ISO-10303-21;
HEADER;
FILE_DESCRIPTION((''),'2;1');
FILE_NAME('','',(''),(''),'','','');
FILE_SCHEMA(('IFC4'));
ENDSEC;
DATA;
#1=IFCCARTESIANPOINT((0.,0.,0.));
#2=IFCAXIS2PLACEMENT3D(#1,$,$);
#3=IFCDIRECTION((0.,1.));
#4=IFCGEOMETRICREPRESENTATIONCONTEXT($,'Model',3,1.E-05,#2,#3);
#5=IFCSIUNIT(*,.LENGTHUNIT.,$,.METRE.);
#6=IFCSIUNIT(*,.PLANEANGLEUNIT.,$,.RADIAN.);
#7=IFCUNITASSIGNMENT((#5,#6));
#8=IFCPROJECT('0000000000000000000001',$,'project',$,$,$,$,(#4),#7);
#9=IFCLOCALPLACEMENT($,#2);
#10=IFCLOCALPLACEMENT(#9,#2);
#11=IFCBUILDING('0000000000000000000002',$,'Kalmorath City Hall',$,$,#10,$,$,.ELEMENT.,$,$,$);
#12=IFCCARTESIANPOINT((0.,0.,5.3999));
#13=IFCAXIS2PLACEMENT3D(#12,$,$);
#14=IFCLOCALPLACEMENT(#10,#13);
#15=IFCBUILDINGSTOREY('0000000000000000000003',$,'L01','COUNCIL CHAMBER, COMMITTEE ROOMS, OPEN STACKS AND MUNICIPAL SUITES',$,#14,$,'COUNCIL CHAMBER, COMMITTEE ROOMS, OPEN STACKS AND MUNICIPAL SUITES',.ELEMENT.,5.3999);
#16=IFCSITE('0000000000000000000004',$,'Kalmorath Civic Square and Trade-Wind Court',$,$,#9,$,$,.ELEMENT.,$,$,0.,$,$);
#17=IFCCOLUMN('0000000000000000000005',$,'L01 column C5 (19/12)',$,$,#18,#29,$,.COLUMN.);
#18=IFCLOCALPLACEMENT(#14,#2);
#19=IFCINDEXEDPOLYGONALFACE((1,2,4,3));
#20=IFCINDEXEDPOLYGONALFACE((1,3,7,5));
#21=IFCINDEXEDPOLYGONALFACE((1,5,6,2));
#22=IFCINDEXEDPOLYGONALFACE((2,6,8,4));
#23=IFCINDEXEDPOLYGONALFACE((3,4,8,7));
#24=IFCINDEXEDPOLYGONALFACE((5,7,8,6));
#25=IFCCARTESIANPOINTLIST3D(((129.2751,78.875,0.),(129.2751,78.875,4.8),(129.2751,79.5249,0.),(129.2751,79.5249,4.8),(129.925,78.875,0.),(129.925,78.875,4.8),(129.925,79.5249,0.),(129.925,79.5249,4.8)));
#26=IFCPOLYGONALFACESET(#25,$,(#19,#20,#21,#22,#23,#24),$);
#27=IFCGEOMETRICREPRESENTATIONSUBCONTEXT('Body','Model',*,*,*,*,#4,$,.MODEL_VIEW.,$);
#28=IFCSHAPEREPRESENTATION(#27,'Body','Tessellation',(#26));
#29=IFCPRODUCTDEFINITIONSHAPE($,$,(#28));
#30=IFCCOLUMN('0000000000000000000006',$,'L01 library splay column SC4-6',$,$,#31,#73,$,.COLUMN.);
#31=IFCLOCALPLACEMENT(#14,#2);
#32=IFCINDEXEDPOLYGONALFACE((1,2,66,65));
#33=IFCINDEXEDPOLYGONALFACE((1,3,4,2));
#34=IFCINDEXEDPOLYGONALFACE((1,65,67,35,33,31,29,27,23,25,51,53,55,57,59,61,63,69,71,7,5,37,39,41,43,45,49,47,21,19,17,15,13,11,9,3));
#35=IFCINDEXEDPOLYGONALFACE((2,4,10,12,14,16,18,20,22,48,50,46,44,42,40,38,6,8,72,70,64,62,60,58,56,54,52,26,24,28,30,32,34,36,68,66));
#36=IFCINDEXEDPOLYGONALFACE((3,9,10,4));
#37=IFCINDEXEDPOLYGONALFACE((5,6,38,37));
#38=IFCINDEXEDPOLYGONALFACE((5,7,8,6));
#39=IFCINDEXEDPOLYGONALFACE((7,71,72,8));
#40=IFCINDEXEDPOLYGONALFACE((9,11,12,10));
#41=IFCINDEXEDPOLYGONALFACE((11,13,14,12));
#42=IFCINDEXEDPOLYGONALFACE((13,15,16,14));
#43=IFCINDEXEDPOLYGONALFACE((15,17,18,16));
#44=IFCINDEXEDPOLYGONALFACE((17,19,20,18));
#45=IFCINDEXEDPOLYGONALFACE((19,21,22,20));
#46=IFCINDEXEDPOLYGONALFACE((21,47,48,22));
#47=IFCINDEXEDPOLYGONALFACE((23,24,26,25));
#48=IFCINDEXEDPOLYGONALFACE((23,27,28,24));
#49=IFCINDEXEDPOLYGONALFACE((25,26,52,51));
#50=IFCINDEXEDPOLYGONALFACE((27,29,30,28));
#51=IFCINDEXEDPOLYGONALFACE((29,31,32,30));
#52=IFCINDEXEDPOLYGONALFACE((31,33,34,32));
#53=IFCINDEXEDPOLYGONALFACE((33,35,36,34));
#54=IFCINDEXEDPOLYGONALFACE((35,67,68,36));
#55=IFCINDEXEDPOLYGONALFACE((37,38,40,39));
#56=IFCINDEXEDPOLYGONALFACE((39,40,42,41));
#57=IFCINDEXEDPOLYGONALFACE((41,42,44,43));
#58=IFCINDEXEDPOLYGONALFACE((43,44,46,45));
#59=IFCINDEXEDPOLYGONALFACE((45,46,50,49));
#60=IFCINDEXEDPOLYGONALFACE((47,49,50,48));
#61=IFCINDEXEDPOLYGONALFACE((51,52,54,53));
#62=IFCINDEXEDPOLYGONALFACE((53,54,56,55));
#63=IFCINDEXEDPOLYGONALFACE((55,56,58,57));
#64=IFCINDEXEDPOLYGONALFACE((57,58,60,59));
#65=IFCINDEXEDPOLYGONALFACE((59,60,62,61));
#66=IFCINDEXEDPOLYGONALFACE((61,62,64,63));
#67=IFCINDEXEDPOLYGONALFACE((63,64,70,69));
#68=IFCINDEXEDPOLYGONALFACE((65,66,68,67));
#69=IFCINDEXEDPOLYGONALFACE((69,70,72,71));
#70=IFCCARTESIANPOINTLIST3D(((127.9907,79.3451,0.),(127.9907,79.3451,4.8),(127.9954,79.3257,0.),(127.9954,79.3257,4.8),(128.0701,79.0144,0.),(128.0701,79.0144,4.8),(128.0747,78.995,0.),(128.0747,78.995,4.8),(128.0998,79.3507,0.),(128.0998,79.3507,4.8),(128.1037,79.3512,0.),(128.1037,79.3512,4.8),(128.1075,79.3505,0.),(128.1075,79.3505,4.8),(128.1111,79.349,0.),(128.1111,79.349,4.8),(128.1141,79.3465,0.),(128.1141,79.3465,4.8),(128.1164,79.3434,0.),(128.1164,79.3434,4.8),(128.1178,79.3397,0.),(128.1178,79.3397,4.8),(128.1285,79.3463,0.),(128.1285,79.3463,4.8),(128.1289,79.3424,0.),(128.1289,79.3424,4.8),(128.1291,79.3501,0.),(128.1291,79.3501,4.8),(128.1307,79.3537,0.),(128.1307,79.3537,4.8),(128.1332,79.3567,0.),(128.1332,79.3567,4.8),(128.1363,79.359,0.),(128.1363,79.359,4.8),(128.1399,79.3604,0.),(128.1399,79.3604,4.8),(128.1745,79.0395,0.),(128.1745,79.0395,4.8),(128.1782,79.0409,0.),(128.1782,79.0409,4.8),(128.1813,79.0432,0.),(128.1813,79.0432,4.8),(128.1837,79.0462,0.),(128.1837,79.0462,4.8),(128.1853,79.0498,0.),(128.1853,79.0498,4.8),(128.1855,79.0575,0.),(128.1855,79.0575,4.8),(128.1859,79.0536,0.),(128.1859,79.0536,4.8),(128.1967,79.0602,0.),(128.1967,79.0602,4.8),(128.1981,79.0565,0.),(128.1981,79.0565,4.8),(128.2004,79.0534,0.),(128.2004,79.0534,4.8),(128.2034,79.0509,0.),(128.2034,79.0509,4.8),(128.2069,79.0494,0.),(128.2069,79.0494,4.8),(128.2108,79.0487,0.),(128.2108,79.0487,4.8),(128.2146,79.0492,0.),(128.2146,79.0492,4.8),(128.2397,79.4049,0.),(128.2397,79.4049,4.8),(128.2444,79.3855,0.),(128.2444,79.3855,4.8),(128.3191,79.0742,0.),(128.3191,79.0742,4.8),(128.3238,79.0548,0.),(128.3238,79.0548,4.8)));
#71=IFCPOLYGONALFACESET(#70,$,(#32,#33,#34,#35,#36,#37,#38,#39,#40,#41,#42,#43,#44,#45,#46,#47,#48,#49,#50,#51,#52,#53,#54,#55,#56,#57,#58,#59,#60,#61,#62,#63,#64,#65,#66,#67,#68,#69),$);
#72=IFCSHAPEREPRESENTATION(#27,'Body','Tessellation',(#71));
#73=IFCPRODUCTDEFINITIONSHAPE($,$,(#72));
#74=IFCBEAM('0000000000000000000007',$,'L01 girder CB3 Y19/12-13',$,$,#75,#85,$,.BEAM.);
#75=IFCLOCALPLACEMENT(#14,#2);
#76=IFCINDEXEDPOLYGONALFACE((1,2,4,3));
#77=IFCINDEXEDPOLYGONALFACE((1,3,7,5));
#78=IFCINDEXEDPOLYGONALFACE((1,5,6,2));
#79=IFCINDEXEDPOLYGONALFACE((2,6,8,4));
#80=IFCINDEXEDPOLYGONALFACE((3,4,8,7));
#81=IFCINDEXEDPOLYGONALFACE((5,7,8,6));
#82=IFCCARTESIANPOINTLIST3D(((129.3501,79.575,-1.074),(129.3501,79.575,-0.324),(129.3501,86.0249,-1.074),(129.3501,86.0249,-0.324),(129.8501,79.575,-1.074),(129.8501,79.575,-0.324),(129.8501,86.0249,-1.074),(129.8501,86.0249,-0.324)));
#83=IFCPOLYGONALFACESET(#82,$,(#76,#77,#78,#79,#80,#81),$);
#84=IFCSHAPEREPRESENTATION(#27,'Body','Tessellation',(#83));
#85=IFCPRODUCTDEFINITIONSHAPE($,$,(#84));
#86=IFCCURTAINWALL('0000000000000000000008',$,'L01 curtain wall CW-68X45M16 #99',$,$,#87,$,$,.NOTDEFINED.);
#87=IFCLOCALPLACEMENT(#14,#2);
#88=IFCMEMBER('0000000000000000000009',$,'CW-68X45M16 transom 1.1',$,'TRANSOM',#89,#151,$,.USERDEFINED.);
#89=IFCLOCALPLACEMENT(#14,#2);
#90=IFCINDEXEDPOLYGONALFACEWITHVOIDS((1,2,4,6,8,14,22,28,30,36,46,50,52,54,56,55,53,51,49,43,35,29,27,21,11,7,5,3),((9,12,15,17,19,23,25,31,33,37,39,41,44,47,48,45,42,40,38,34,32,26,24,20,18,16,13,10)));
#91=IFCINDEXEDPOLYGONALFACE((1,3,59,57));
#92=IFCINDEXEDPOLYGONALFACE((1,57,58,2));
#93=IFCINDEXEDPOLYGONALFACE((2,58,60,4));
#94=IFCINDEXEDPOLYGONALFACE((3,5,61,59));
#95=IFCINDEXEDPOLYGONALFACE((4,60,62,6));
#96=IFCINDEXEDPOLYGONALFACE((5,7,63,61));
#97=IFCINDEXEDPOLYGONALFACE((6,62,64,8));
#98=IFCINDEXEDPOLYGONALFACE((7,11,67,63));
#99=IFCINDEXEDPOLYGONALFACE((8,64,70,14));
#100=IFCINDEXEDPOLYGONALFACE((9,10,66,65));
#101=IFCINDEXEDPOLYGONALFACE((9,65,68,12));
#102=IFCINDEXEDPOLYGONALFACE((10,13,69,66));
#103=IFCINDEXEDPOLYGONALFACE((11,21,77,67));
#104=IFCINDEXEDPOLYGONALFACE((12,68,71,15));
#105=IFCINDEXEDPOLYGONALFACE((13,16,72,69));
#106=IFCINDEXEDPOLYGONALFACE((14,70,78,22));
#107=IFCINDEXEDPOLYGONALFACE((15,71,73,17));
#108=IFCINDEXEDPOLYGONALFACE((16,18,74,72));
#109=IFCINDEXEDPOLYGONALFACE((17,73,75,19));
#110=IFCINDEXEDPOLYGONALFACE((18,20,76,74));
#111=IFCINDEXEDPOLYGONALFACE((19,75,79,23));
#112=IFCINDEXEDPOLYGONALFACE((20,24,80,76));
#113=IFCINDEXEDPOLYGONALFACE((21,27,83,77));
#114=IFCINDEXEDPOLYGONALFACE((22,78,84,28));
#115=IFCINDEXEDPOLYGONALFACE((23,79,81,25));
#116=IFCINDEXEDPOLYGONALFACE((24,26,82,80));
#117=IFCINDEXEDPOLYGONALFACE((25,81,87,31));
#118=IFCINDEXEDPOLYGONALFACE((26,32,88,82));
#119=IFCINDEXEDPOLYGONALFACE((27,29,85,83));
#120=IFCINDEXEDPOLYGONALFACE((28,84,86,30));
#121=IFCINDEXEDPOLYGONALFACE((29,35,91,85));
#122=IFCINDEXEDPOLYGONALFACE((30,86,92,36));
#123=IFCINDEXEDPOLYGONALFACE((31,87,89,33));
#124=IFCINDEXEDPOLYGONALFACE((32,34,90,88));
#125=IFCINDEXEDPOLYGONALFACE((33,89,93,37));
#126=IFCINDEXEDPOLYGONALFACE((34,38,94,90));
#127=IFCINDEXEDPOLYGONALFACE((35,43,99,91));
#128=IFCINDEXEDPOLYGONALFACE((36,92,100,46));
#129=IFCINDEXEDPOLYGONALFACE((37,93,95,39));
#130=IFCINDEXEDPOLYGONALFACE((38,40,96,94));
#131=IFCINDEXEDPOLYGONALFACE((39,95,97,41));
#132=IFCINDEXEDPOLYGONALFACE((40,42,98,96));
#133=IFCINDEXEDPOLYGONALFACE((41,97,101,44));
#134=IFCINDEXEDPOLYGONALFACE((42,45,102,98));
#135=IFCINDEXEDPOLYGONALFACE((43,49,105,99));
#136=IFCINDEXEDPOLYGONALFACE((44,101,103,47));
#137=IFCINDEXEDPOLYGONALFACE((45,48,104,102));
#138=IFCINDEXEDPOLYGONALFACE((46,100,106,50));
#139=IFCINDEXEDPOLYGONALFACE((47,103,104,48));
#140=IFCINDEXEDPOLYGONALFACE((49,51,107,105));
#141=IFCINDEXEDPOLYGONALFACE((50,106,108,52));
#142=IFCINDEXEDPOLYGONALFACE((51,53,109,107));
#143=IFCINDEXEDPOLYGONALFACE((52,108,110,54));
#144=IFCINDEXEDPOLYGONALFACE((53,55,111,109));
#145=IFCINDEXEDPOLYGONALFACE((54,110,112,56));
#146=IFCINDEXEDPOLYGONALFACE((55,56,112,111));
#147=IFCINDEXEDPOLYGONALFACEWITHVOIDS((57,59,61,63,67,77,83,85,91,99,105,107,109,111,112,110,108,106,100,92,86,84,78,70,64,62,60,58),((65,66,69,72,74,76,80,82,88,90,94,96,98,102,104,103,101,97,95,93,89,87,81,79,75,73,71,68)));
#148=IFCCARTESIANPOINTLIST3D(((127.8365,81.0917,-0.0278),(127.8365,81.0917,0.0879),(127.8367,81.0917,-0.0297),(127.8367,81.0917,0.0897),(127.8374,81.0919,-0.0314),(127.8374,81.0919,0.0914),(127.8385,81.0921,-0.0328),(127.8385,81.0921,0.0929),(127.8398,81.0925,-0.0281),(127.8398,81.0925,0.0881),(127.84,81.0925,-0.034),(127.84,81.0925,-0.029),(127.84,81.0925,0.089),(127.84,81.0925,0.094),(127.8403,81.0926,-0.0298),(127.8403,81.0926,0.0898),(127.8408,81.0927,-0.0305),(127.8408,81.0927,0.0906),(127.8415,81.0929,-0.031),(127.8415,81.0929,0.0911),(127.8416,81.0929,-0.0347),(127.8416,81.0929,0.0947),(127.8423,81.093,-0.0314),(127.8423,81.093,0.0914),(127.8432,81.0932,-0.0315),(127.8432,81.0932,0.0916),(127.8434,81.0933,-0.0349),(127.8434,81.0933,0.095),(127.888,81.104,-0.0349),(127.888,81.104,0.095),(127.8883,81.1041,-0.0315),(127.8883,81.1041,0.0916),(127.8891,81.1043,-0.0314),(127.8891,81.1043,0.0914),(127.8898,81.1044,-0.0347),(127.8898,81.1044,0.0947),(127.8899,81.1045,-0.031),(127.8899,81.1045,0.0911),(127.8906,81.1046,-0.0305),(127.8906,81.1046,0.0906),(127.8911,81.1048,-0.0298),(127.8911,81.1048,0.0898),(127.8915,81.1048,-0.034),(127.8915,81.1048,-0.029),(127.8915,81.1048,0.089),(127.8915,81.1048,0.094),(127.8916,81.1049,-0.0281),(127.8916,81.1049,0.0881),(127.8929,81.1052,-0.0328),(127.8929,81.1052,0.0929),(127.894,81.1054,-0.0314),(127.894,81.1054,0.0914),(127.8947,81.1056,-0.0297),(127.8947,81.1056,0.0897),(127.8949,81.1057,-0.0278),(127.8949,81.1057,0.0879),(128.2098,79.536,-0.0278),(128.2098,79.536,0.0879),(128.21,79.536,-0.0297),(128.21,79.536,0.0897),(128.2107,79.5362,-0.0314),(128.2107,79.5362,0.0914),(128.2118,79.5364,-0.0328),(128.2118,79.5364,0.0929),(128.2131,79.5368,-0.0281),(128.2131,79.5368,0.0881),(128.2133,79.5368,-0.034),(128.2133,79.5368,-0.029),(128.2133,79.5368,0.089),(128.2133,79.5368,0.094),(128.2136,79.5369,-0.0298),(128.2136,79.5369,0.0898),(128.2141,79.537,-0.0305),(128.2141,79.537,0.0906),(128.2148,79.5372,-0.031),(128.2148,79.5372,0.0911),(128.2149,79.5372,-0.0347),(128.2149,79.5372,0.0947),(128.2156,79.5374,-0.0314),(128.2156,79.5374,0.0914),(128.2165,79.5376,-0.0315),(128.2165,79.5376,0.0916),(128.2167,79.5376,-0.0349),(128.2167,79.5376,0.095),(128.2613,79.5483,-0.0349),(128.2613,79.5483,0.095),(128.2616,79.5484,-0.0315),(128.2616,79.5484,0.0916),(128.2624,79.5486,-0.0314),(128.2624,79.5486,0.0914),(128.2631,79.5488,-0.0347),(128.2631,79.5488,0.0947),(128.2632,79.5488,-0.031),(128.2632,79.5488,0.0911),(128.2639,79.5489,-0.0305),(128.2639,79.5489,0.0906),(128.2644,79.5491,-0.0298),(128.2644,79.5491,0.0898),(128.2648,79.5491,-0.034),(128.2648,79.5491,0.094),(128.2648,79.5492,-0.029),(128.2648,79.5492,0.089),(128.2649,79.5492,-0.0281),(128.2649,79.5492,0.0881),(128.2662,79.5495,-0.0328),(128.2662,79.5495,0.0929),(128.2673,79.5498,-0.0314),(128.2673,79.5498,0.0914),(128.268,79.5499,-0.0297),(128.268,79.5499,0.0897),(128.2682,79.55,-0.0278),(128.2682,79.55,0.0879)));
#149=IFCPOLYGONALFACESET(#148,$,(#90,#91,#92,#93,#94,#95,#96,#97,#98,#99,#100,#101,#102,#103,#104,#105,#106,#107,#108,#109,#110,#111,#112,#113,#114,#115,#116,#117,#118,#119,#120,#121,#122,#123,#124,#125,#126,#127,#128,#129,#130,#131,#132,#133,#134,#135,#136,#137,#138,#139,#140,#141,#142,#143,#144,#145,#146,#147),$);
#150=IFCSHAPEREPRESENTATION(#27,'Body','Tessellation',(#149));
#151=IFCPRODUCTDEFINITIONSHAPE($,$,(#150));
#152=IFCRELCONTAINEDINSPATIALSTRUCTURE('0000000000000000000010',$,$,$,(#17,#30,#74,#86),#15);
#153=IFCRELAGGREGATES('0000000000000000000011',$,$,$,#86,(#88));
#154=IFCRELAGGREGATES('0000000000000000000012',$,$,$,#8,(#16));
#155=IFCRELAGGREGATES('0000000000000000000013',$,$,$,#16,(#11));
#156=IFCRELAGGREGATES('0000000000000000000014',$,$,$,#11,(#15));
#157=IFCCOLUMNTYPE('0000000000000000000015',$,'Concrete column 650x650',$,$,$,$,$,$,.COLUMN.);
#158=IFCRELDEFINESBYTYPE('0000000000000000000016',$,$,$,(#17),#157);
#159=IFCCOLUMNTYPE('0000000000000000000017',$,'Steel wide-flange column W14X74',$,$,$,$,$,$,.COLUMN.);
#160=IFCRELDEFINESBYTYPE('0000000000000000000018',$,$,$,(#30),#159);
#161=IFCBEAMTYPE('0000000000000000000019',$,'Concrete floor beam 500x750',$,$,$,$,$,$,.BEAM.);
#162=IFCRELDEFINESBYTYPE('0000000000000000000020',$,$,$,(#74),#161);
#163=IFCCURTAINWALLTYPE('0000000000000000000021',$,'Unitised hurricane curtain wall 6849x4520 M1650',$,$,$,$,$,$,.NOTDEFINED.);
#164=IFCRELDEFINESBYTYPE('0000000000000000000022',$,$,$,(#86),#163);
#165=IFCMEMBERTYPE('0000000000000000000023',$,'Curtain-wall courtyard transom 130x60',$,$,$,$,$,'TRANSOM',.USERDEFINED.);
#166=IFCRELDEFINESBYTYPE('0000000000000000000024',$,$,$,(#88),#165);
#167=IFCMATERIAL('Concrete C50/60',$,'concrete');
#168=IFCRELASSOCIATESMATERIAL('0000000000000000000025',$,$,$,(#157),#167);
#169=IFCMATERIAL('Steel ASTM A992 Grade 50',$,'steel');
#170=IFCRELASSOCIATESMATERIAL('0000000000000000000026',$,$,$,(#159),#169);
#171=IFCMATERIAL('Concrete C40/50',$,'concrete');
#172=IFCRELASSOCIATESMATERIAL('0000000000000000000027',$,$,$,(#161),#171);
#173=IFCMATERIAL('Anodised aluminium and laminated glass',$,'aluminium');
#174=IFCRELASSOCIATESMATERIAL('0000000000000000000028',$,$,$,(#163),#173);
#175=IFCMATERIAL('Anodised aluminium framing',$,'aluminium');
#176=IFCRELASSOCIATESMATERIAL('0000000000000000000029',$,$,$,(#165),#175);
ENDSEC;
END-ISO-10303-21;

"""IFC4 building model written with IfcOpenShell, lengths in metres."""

from ifc_helpers import new_model, si_unit, direction, frame, origin, origin_2d, place, context, subcontext, project, spatial, rectangle, hollow_rectangle, i_section, extrude, material, material_profile, profile_set, type_object, element, aggregate, save


model = new_model("IFC4")

# Units and contexts
model_context = context("Model", 3, precision=1e-05, world=origin(), true_north=direction((0.0, 1.0)))
body_context = subcontext(model_context, "Body", "Model", "MODEL_VIEW")
ifc_project = project(units=[si_unit("LENGTHUNIT", "METRE"), si_unit("PLANEANGLEUNIT", "RADIAN")], contexts=[model_context])

# Site, building, storey
site_placement = place(None, origin())
site = spatial("IfcSite", under=ifc_project, at=site_placement, Name="Kalmorath Civic Square and Trade-Wind Court", CompositionType="ELEMENT", RefElevation=0.0)
building_placement = place(site_placement, origin())
building = spatial("IfcBuilding", under=site, at=building_placement, Name="Kalmorath City Hall", CompositionType="ELEMENT")
storey_placement = place(building_placement, frame((0.0, 0.0, 5.3999)))
storey = spatial("IfcBuildingStorey", under=building, at=storey_placement, Name="L01", Description="COUNCIL CHAMBER, COMMITTEE ROOMS, OPEN STACKS AND MUNICIPAL SUITES", LongName="COUNCIL CHAMBER, COMMITTEE ROOMS, OPEN STACKS AND MUNICIPAL SUITES", CompositionType="ELEMENT", Elevation=5.3999)

# Columns
ifc_material_1 = material(Name="Concrete C50/60", Category="concrete")
ifc_material_profile_1 = material_profile(ifc_material_1, rectangle(XDim=0.6499, YDim=0.6499, at=origin_2d()), Name="RC-COL-650X650")
ifc_profile_set_1 = profile_set([ifc_material_profile_1], Name="Concrete C50/60")
column_type_1 = type_object("IfcColumnType", Name="Concrete column 650x650", PredefinedType="COLUMN", material=ifc_profile_set_1)
column_1_placement = place(storey_placement, frame((129.6001, 79.2, 0.0), z_axis=(0.0, 0.0, 1.0), x_axis=(1.0, 0.0, 0.0)))
element("IfcColumn", 1, at=column_1_placement, inside=storey, type_object=column_type_1, Name="L01 column C5 (19/12)", PredefinedType="COLUMN", context=body_context, shape_type="SweptSolid", body=[
    extrude(rectangle(XDim=0.6499, YDim=0.6499, at=origin_2d()), origin(), (0.0, 0.0, 1.0), 4.8),
])
ifc_material_2 = material(Name="Steel ASTM A992 Grade 50", Category="steel")
ifc_material_profile_2 = material_profile(ifc_material_2, i_section(OverallWidth=0.2561, OverallDepth=0.3601, WebThickness=0.0115, FlangeThickness=0.02, FilletRadius=0.0149, at=origin_2d()), Name="W14X74")
ifc_profile_set_2 = profile_set([ifc_material_profile_2], Name="Steel ASTM A992 Grade 50")
column_type_2 = type_object("IfcColumnType", Name="Steel wide-flange column W14X74", PredefinedType="COLUMN", material=ifc_profile_set_2)
column_2_placement = place(storey_placement, frame((128.1572, 79.2, 0.0), z_axis=(0.0, 0.0, 1.0), x_axis=(0.97237, 0.233445, 0.0)))
element("IfcColumn", 2, at=column_2_placement, inside=storey, type_object=column_type_2, Name="L01 library splay column SC4-6", PredefinedType="COLUMN", context=body_context, shape_type="SweptSolid", body=[
    extrude(i_section(OverallWidth=0.2561, OverallDepth=0.3601, WebThickness=0.0115, FlangeThickness=0.02, FilletRadius=0.0149, at=origin_2d()), origin(), (0.0, 0.0, 1.0), 4.8),
])

# Beam
ifc_material_3 = material(Name="Concrete C40/50", Category="concrete")
ifc_material_profile_3 = material_profile(ifc_material_3, rectangle(XDim=0.5, YDim=0.75, at=origin_2d()), Name="RC-BM-500X750")
ifc_profile_set_3 = profile_set([ifc_material_profile_3], Name="Concrete C40/50")
beam_type_1 = type_object("IfcBeamType", Name="Concrete floor beam 500x750", PredefinedType="BEAM", material=ifc_profile_set_3)
beam_1_placement = place(storey_placement, frame((129.6001, 79.575, -0.699), z_axis=(0.0, 1.0, 0.0), x_axis=(-1.0, 0.0, 0.0)))
element("IfcBeam", 3, at=beam_1_placement, inside=storey, type_object=beam_type_1, Name="L01 girder CB3 Y19/12-13", PredefinedType="BEAM", context=body_context, shape_type="SweptSolid", body=[
    extrude(rectangle(XDim=0.5, YDim=0.75, at=origin_2d()), origin(), (0.0, 0.0, 1.0), 6.45),
])

# Curtain wall, member
ifc_material_4 = material(Name="Anodised aluminium and laminated glass", Category="aluminium")
curtain_wall_type = type_object("IfcCurtainWallType", Name="Unitised hurricane curtain wall 6849x4520 M1650", PredefinedType="NOTDEFINED", material=ifc_material_4)
curtain_wall_1_placement = place(storey_placement, origin())
curtain_wall_1 = element("IfcCurtainWall", 4, at=curtain_wall_1_placement, inside=storey, type_object=curtain_wall_type, Name="L01 curtain wall CW-68X45M16 #99", PredefinedType="NOTDEFINED")
ifc_material_5 = material(Name="Anodised aluminium framing", Category="aluminium")
ifc_material_profile_4 = material_profile(ifc_material_5, hollow_rectangle(XDim=0.0601, YDim=0.1299, WallThickness=0.0034, InnerFilletRadius=0.0034, OuterFilletRadius=0.0071, at=origin_2d()), Name="ALU-TRN-130X60X3.5")
ifc_profile_set_4 = profile_set([ifc_material_profile_4], Name="Anodised aluminium framing")
member_type_1 = type_object("IfcMemberType", Name="Curtain-wall courtyard transom 130x60", ElementType="TRANSOM", PredefinedType="USERDEFINED", material=ifc_profile_set_4)
member_1_placement = place(storey_placement, frame((128.239, 79.543, 0.03), z_axis=(-0.233333, 0.972397, 0.0), x_axis=(-0.972397, -0.233333, 0.0)))
member_1 = element("IfcMember", 5, at=member_1_placement, type_object=member_type_1, Name="CW-68X45M16 transom 1.1", ObjectType="TRANSOM", PredefinedType="USERDEFINED", context=body_context, shape_type="SweptSolid", body=[
    extrude(hollow_rectangle(XDim=0.0601, YDim=0.1299, WallThickness=0.0034, InnerFilletRadius=0.0034, OuterFilletRadius=0.0071, at=origin_2d()), origin(), (0.0, 0.0, 1.0), 1.5999),
])

aggregate(curtain_wall_1, [member_1])

save(model, "model.ifc")
